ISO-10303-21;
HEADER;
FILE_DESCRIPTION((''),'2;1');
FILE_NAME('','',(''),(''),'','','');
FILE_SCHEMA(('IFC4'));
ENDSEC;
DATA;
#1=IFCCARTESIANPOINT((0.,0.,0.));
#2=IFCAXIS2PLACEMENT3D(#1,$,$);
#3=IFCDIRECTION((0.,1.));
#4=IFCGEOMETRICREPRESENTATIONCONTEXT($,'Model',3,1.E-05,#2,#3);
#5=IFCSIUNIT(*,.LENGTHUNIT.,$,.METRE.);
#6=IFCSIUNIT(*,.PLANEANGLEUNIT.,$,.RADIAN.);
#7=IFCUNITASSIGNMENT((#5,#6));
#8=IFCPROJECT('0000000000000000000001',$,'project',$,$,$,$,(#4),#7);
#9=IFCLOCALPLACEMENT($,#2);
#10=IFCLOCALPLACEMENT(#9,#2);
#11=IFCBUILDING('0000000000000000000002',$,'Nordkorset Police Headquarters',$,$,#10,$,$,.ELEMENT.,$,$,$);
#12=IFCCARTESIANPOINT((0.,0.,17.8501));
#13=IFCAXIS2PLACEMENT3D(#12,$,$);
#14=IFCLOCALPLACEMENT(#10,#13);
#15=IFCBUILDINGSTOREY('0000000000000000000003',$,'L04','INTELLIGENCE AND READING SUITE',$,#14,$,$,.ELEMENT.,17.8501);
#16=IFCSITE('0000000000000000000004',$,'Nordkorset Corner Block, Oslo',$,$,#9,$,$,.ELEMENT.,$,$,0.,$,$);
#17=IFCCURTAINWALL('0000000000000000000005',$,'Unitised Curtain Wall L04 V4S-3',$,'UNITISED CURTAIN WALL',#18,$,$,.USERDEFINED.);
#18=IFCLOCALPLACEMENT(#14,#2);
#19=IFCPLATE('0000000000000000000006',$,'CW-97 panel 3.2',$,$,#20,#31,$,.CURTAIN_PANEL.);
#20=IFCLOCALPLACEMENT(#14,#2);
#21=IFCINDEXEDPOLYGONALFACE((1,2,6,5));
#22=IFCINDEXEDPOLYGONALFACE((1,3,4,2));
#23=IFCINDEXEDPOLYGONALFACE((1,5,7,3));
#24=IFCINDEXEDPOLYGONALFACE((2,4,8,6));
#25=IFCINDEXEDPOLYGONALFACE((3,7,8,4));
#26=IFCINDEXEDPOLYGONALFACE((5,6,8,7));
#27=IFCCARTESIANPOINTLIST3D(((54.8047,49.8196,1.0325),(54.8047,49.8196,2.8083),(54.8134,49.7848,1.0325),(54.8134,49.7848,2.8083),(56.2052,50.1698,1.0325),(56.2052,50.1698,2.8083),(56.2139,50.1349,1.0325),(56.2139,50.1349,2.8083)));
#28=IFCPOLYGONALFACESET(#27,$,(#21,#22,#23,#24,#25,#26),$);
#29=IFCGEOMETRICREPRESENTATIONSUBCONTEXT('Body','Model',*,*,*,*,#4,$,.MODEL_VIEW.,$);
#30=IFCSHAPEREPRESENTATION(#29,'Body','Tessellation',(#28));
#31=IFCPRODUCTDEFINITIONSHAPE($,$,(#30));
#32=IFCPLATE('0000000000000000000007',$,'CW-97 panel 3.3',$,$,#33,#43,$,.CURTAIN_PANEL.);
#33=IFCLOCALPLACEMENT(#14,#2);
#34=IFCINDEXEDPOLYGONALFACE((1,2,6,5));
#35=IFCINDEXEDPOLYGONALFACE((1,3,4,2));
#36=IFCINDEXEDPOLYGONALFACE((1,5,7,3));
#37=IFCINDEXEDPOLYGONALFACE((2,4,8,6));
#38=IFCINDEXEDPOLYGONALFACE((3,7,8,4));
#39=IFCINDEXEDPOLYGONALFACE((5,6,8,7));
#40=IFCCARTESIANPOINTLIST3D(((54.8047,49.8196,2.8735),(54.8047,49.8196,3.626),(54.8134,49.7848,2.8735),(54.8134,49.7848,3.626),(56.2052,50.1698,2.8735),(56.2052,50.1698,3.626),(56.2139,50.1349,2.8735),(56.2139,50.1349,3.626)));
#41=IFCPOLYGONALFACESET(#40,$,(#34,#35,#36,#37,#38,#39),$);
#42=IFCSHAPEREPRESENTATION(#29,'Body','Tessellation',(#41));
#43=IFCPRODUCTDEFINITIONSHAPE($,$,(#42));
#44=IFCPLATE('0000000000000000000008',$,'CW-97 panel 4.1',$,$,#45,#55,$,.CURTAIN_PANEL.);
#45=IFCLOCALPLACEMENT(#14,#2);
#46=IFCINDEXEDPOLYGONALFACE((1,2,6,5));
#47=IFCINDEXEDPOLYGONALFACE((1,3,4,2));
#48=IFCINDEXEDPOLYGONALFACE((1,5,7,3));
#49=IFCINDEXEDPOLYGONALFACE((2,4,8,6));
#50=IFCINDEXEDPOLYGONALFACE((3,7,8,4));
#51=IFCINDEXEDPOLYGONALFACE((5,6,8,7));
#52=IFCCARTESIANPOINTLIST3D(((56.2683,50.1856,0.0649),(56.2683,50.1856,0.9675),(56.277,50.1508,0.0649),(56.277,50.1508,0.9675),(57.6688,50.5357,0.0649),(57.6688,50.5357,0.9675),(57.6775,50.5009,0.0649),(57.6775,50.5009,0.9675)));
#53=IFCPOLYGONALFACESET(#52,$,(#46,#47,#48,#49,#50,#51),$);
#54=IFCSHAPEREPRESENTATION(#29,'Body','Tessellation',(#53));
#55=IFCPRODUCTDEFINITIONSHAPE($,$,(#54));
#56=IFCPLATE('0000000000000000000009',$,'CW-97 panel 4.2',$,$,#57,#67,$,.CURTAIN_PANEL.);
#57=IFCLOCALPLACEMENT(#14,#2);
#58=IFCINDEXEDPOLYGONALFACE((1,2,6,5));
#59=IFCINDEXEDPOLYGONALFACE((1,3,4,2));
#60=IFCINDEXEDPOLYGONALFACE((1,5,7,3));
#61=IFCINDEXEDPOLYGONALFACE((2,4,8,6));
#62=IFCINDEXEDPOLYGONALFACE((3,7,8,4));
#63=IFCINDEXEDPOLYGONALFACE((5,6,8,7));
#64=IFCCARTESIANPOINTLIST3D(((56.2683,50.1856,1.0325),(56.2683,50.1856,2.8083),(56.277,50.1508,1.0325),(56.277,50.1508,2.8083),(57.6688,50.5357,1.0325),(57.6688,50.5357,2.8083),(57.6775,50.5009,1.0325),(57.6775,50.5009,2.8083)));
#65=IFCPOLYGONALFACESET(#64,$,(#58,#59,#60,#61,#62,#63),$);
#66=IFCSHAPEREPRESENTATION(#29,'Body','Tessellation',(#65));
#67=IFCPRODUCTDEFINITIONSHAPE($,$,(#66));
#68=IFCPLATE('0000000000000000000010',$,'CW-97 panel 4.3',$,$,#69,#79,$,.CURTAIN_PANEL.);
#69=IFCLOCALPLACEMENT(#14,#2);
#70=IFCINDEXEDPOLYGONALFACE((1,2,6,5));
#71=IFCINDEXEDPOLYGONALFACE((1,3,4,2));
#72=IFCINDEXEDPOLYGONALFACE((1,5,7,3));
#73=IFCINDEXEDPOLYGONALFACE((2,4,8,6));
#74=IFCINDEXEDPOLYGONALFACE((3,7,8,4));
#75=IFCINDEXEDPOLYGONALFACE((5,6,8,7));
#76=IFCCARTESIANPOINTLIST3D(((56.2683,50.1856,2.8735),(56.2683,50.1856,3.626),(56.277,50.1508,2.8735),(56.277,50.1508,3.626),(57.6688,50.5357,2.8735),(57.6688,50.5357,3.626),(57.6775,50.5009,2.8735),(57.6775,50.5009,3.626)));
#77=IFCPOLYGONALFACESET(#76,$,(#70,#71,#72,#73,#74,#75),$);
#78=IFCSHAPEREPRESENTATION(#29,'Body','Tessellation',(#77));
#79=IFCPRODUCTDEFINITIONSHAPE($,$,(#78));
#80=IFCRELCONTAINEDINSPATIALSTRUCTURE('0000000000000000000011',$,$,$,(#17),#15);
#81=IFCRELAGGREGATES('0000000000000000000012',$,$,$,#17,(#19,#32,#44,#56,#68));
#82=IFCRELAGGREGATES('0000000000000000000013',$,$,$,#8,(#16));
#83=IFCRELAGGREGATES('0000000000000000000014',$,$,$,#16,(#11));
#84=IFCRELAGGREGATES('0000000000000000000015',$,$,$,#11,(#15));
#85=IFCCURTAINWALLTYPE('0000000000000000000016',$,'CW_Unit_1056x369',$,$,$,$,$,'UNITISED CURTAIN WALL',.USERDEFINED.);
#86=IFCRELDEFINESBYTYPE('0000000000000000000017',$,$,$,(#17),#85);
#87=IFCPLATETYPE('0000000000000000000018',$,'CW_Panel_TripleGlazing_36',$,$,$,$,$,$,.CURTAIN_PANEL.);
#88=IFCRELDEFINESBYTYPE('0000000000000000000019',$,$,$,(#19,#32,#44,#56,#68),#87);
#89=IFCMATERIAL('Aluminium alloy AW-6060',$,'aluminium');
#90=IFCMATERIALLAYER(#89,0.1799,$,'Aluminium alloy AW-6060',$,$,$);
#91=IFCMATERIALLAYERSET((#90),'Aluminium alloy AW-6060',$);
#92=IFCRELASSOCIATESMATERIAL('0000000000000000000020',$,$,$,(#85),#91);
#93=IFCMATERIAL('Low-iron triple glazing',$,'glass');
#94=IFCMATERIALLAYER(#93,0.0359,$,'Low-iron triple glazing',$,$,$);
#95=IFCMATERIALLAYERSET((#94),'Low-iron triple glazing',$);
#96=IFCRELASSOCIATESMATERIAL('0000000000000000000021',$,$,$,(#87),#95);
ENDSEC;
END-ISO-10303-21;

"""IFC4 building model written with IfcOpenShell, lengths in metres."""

from ifc_helpers import new_model, si_unit, direction, frame, origin, origin_2d, place, context, subcontext, project, spatial, rectangle, extrude, material, layer, layer_set, type_object, element, aggregate, save


model = new_model("IFC4")

# Units and contexts
model_context = context("Model", 3, precision=1e-05, world=origin(), true_north=direction((0.0, 1.0)))
body_context = subcontext(model_context, "Body", "Model", "MODEL_VIEW")
ifc_project = project(units=[si_unit("LENGTHUNIT", "METRE"), si_unit("PLANEANGLEUNIT", "RADIAN")], contexts=[model_context])

# Site, building, storey
site_placement = place(None, origin())
site = spatial("IfcSite", under=ifc_project, at=site_placement, Name="Nordkorset Corner Block, Oslo", CompositionType="ELEMENT", RefElevation=0.0)
building_placement = place(site_placement, origin())
building = spatial("IfcBuilding", under=site, at=building_placement, Name="Nordkorset Police Headquarters", CompositionType="ELEMENT")
storey_placement = place(building_placement, frame((0.0, 0.0, 17.8501)))
storey = spatial("IfcBuildingStorey", under=building, at=storey_placement, Name="L04", Description="INTELLIGENCE AND READING SUITE", CompositionType="ELEMENT", Elevation=17.8501)

# Curtain wall
ifc_material_1 = material(Name="Aluminium alloy AW-6060", Category="aluminium")
ifc_layer_1 = layer(ifc_material_1, 0.1799, Name="Aluminium alloy AW-6060")
ifc_layer_set_1 = layer_set([ifc_layer_1], Name="Aluminium alloy AW-6060")
curtain_wall_type = type_object("IfcCurtainWallType", Name="CW_Unit_1056x369", ElementType="UNITISED CURTAIN WALL", PredefinedType="USERDEFINED", material=ifc_layer_set_1)
curtain_wall_placement = place(storey_placement, origin())
curtain_wall = element("IfcCurtainWall", 1, at=curtain_wall_placement, inside=storey, type_object=curtain_wall_type, Name="Unitised Curtain Wall L04 V4S-3", ObjectType="UNITISED CURTAIN WALL", PredefinedType="USERDEFINED")

# Plates
ifc_material_2 = material(Name="Low-iron triple glazing", Category="glass")
ifc_layer_2 = layer(ifc_material_2, 0.0359, Name="Low-iron triple glazing")
ifc_layer_set_2 = layer_set([ifc_layer_2], Name="Low-iron triple glazing")
plate_type = type_object("IfcPlateType", Name="CW_Panel_TripleGlazing_36", PredefinedType="CURTAIN_PANEL", material=ifc_layer_set_2)
plate_1_placement = place(storey_placement, frame((55.5093, 49.9773, 1.0325), z_axis=(0.0, 0.0, 1.0), x_axis=(0.970143, 0.242535, 0.0)))
plate_1 = element("IfcPlate", 2, at=plate_1_placement, type_object=plate_type, Name="CW-97 panel 3.2", PredefinedType="CURTAIN_PANEL", context=body_context, shape_type="SweptSolid", body=[
    extrude(rectangle(XDim=1.4436, YDim=0.0359, at=origin_2d()), origin(), (0.0, 0.0, 1.0), 1.7759),
])
plate_2_placement = place(storey_placement, frame((55.5093, 49.9773, 2.8735), z_axis=(0.0, 0.0, 1.0), x_axis=(0.970143, 0.242535, 0.0)))
plate_2 = element("IfcPlate", 3, at=plate_2_placement, type_object=plate_type, Name="CW-97 panel 3.3", PredefinedType="CURTAIN_PANEL", context=body_context, shape_type="SweptSolid", body=[
    extrude(rectangle(XDim=1.4436, YDim=0.0359, at=origin_2d()), origin(), (0.0, 0.0, 1.0), 0.7524),
])
plate_3_placement = place(storey_placement, frame((56.9729, 50.3433, 0.0649), z_axis=(0.0, 0.0, 1.0), x_axis=(0.970143, 0.242535, 0.0)))
plate_3 = element("IfcPlate", 4, at=plate_3_placement, type_object=plate_type, Name="CW-97 panel 4.1", PredefinedType="CURTAIN_PANEL", context=body_context, shape_type="SweptSolid", body=[
    extrude(rectangle(XDim=1.4436, YDim=0.0359, at=origin_2d()), origin(), (0.0, 0.0, 1.0), 0.9026),
])
plate_4_placement = place(storey_placement, frame((56.9729, 50.3433, 1.0325), z_axis=(0.0, 0.0, 1.0), x_axis=(0.970143, 0.242535, 0.0)))
plate_4 = element("IfcPlate", 5, at=plate_4_placement, type_object=plate_type, Name="CW-97 panel 4.2", PredefinedType="CURTAIN_PANEL", context=body_context, shape_type="SweptSolid", body=[
    extrude(rectangle(XDim=1.4436, YDim=0.0359, at=origin_2d()), origin(), (0.0, 0.0, 1.0), 1.7759),
])
plate_5_placement = place(storey_placement, frame((56.9729, 50.3433, 2.8735), z_axis=(0.0, 0.0, 1.0), x_axis=(0.970143, 0.242535, 0.0)))
plate_5 = element("IfcPlate", 6, at=plate_5_placement, type_object=plate_type, Name="CW-97 panel 4.3", PredefinedType="CURTAIN_PANEL", context=body_context, shape_type="SweptSolid", body=[
    extrude(rectangle(XDim=1.4436, YDim=0.0359, at=origin_2d()), origin(), (0.0, 0.0, 1.0), 0.7524),
])
aggregate(curtain_wall, [plate_1, plate_2, plate_3, plate_4, plate_5])

save(model, "model.ifc")
